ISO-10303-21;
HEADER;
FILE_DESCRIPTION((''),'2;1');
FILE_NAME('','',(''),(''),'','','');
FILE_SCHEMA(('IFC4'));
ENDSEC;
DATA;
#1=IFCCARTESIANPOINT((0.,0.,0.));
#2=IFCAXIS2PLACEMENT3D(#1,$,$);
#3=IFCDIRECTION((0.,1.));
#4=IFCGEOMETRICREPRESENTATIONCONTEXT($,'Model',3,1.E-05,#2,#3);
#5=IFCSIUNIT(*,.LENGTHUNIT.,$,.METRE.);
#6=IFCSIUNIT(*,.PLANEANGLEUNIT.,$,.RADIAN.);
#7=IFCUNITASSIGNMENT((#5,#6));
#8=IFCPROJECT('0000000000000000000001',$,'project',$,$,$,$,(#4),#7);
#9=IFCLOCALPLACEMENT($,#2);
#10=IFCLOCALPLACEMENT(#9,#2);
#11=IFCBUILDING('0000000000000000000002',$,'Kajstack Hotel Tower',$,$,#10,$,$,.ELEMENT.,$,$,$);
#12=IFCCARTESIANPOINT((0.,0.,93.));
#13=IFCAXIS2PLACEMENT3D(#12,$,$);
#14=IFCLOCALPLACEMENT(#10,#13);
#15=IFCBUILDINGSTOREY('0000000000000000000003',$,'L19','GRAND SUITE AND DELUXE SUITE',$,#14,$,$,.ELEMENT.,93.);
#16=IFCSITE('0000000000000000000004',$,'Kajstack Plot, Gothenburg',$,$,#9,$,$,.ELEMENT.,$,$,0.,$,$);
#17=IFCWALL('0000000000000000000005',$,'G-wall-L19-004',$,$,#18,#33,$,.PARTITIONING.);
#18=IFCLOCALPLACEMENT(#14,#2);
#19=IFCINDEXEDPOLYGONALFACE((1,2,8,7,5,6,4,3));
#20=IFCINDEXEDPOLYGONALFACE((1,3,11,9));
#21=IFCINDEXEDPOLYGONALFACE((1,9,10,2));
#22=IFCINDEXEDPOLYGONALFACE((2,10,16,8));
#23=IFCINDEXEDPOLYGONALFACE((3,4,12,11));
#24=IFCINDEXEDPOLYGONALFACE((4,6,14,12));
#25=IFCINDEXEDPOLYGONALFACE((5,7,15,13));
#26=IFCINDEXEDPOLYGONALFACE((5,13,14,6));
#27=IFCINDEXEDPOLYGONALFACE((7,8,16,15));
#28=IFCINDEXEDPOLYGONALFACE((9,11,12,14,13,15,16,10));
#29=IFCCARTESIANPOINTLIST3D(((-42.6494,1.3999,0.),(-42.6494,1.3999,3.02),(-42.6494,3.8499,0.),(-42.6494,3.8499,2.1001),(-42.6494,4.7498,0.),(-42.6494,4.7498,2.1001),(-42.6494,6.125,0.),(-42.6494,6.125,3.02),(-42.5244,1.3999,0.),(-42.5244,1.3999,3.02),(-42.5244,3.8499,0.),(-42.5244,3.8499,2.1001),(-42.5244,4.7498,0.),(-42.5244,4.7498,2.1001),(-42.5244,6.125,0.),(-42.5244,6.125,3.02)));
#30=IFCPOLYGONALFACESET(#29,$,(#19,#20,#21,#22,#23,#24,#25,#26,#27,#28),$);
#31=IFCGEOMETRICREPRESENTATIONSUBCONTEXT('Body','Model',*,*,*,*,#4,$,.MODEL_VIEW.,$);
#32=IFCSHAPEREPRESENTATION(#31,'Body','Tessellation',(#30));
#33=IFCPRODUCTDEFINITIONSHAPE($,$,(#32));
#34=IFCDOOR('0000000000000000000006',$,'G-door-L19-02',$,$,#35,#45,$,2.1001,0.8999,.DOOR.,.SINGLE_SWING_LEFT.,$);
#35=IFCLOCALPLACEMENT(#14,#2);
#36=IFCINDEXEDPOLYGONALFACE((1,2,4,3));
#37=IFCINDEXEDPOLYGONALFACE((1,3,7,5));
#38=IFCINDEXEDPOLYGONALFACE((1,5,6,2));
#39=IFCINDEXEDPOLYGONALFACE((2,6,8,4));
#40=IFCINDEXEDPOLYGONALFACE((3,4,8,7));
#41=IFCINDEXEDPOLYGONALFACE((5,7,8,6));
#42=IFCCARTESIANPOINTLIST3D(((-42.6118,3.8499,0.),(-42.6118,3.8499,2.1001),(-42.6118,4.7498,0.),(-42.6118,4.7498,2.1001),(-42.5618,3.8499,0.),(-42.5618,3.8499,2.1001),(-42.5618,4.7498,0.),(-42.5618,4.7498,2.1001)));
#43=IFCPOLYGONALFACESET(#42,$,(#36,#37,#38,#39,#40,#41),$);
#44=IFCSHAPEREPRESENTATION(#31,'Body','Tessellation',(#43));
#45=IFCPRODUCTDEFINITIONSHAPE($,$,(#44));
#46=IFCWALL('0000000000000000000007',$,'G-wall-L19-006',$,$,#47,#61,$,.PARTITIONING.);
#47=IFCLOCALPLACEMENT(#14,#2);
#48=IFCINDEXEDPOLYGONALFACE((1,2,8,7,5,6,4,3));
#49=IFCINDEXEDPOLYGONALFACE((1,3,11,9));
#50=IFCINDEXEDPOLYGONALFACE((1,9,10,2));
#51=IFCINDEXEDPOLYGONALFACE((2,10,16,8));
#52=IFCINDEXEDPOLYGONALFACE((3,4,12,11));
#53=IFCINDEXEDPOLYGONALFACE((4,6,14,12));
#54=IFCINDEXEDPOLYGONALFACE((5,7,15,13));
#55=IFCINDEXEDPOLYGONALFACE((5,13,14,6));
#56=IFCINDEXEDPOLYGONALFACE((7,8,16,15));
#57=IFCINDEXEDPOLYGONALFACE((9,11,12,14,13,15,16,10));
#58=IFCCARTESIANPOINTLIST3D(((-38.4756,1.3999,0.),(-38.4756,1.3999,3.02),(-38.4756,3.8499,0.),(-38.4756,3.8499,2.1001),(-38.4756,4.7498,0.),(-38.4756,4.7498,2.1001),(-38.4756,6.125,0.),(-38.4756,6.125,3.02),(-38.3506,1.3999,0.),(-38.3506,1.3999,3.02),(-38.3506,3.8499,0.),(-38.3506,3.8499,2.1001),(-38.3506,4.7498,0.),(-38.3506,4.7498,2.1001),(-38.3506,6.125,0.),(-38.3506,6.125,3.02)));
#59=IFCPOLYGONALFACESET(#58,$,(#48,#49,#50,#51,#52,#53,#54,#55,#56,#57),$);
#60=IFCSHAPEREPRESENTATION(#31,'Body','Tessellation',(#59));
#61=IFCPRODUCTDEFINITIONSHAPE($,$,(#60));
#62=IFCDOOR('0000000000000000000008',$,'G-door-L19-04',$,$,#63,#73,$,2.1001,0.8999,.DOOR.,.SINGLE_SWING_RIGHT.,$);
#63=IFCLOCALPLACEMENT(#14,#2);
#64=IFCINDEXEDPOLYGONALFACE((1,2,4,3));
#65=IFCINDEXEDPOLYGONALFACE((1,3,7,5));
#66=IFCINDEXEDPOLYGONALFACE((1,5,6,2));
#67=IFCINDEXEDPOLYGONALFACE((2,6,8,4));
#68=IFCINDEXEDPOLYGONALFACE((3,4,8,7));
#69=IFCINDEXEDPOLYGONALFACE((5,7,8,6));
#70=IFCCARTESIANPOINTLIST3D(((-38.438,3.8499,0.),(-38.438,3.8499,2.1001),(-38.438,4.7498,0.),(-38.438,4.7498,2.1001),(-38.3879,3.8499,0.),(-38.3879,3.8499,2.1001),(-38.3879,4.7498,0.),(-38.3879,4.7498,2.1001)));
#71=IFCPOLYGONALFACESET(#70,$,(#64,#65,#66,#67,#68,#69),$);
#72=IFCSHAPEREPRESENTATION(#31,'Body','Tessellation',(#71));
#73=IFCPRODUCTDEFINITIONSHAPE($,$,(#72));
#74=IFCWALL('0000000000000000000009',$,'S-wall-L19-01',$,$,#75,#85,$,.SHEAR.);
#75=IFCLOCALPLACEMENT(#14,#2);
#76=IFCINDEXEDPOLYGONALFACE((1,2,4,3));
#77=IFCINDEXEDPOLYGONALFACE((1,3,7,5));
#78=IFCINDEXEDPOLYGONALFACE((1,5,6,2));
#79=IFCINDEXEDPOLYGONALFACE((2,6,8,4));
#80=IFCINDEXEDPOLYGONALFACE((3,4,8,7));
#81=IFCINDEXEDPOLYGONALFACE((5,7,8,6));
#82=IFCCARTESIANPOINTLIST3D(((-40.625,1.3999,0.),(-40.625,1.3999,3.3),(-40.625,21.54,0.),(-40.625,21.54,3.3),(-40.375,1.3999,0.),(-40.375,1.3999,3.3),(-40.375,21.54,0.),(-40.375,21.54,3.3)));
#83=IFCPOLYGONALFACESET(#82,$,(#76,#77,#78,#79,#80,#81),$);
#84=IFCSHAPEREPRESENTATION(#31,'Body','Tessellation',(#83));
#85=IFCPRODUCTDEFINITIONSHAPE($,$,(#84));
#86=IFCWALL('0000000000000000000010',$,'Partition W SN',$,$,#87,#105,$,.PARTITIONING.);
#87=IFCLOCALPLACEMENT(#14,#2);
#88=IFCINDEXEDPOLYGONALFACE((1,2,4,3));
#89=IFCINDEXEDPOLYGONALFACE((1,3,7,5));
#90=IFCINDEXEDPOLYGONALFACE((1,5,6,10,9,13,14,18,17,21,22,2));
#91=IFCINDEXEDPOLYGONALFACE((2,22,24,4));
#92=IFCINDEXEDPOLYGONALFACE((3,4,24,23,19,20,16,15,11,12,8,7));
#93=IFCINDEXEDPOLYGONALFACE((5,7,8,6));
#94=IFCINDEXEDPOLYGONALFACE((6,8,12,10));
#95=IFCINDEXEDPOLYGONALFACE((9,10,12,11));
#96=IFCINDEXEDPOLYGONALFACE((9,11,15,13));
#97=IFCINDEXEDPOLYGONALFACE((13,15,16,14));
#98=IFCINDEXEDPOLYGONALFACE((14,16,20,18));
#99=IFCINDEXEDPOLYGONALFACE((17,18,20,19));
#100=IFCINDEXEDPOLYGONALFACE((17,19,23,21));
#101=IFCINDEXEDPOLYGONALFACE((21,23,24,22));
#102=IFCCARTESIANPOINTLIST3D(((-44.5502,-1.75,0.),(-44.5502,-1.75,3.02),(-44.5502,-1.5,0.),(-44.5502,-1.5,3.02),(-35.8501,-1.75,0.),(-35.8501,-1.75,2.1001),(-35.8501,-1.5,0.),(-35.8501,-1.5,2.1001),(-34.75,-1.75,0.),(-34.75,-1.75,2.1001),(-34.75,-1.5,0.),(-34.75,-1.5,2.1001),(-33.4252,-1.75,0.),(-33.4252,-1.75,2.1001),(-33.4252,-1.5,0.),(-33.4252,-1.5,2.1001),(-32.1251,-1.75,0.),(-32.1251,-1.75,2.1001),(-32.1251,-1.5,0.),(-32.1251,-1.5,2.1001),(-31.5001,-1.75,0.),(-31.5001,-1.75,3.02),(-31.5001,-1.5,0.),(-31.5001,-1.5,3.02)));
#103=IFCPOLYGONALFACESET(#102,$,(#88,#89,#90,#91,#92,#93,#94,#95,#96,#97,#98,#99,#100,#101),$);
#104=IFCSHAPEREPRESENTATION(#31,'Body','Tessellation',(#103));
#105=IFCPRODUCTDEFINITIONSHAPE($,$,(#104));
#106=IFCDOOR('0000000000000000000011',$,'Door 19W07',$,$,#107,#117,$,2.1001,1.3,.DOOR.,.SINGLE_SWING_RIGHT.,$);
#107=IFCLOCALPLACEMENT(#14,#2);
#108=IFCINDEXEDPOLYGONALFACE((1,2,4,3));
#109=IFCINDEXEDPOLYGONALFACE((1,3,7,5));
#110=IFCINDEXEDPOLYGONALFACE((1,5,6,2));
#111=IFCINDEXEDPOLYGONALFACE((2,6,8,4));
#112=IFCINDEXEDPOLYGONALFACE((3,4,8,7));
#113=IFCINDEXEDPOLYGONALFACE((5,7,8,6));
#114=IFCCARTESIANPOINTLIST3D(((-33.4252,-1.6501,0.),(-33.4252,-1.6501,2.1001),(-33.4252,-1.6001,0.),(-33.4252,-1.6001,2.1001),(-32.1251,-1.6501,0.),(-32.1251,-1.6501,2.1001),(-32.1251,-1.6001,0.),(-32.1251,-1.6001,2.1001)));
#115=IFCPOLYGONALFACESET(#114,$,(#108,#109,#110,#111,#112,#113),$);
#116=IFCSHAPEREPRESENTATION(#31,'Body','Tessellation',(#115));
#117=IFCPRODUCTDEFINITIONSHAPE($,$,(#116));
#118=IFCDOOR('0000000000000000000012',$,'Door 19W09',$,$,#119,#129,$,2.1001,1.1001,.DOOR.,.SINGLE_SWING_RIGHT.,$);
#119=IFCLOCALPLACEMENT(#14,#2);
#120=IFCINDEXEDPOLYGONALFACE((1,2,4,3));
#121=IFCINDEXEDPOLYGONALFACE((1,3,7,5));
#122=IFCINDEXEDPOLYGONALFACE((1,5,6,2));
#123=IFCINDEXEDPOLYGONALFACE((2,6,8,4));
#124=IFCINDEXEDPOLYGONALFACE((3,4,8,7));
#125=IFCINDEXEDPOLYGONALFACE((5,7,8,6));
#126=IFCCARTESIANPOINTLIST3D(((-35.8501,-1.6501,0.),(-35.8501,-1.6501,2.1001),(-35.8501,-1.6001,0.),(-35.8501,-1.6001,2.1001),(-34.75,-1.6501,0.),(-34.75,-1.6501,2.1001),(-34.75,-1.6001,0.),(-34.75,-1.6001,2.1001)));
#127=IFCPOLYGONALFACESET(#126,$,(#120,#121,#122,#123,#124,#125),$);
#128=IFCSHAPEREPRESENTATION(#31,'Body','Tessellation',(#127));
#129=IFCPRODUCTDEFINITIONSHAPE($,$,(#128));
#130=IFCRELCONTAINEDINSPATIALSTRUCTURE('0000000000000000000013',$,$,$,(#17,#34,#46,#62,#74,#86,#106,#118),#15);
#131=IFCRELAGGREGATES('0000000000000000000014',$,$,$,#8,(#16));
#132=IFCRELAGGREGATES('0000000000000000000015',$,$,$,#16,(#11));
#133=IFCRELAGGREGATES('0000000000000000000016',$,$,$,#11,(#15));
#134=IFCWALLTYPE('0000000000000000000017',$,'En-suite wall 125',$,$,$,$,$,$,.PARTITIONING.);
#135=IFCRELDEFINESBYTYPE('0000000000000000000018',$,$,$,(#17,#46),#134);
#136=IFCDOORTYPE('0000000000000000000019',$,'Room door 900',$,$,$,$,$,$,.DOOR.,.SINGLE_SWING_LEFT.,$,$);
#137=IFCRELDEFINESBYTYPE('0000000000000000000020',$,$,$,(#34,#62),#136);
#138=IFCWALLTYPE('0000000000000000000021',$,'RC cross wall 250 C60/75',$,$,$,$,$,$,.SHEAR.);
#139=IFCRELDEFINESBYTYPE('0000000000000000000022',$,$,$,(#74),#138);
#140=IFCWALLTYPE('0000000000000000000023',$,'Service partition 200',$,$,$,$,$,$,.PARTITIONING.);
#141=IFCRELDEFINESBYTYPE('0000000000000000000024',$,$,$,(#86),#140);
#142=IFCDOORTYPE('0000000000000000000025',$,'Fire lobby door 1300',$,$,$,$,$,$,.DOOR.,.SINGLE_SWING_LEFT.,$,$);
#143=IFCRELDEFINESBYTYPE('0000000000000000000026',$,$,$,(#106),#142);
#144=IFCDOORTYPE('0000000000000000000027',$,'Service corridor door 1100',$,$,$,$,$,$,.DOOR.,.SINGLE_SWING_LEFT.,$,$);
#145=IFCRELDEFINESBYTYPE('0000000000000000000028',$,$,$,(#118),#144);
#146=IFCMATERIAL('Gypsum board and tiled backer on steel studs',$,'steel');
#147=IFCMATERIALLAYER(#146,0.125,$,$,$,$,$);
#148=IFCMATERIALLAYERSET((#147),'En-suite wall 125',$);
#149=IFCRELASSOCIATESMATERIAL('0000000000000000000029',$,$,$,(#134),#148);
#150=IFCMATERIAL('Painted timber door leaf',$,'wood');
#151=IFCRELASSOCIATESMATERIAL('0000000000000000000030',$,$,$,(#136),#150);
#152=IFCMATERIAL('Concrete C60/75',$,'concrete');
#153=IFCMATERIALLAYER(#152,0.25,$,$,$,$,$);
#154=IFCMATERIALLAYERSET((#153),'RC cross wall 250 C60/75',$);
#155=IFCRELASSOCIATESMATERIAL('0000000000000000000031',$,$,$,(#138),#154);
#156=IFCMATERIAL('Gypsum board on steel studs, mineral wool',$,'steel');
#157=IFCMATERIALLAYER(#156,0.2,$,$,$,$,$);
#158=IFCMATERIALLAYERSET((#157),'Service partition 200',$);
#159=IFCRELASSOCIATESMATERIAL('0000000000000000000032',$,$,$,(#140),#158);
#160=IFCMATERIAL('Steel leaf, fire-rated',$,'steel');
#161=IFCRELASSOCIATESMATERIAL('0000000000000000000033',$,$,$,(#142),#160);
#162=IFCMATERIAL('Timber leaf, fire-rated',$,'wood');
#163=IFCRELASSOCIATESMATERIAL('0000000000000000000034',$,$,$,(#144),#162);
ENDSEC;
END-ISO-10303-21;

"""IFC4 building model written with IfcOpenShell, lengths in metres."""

from ifc_helpers import new_model, si_unit, direction, frame, frame_2d, origin, place, context, subcontext, project, spatial, rectangle, extrude, material, layer, layer_set, type_object, element, fill, save


model = new_model("IFC4")

# Units and contexts
model_context = context("Model", 3, precision=1e-05, world=origin(), true_north=direction((0.0, 1.0)))
body_context = subcontext(model_context, "Body", "Model", "MODEL_VIEW")
ifc_project = project(units=[si_unit("LENGTHUNIT", "METRE"), si_unit("PLANEANGLEUNIT", "RADIAN")], contexts=[model_context])

# Site, building, storey
site_placement = place(None, origin())
site = spatial("IfcSite", under=ifc_project, at=site_placement, Name="Kajstack Plot, Gothenburg", CompositionType="ELEMENT", RefElevation=0.0)
building_placement = place(site_placement, origin())
building = spatial("IfcBuilding", under=site, at=building_placement, Name="Kajstack Hotel Tower", CompositionType="ELEMENT")
storey_placement = place(building_placement, frame((0.0, 0.0, 93.0)))
storey = spatial("IfcBuildingStorey", under=building, at=storey_placement, Name="L19", Description="GRAND SUITE AND DELUXE SUITE", CompositionType="ELEMENT", Elevation=93.0)

# Shared definitions
ifc_material_1 = material(Name="Gypsum board on steel studs, mineral wool", Category="steel")

# Walls, openings, doors
ifc_material_2 = material(Name="Gypsum board and tiled backer on steel studs", Category="steel")
ifc_layer_1 = layer(ifc_material_2, 0.125)
ifc_layer_set_1 = layer_set([ifc_layer_1], Name="En-suite wall 125")
wall_type_1 = type_object("IfcWallType", Name="En-suite wall 125", PredefinedType="PARTITIONING", material=ifc_layer_set_1)
wall_1_placement = place(storey_placement, frame((-42.5869, 1.3999, 0.0), z_axis=(0.0, 0.0, 1.0), x_axis=(0.0, 1.0, 0.0)))
wall_1 = element("IfcWall", 1, at=wall_1_placement, inside=storey, type_object=wall_type_1, Name="G-wall-L19-004", PredefinedType="PARTITIONING", context=body_context, shape_type="SweptSolid", body=[
    extrude(rectangle(XDim=4.7251, YDim=0.125, at=frame_2d((2.3625, 0.0))), origin(), (0.0, 0.0, 1.0), 3.02),
])
opening_1_placement = place(wall_1_placement, frame((2.45, 0.0, 0.0)))
opening_1 = element("IfcOpeningElement", 2, at=opening_1_placement, cuts=wall_1, PredefinedType="OPENING", context=body_context, shape_type="SweptSolid", body=[
    extrude(rectangle(XDim=0.8999, YDim=2.1001, at=frame_2d((0.45, 1.05))), frame((0.0, 0.0725, 0.0), z_axis=(0.0, -1.0, 0.0), x_axis=(1.0, 0.0, 0.0)), (0.0, 0.0, 1.0), 0.145),
])
ifc_material_3 = material(Name="Painted timber door leaf", Category="wood")
door_type_1 = type_object("IfcDoorType", Name="Room door 900", OperationType="SINGLE_SWING_LEFT", PredefinedType="DOOR", material=ifc_material_3)
door_1_placement = place(opening_1_placement, origin())
door_1 = element("IfcDoor", 3, at=door_1_placement, inside=storey, type_object=door_type_1, Name="G-door-L19-02", OperationType="SINGLE_SWING_LEFT", OverallHeight=2.1001, OverallWidth=0.8999, PredefinedType="DOOR", context=body_context, shape_type="SweptSolid", body=[
    extrude(rectangle(XDim=0.8999, YDim=2.1001, at=frame_2d((0.45, 1.05))), frame((0.0, 0.0249, 0.0), z_axis=(0.0, -1.0, 0.0), x_axis=(1.0, 0.0, 0.0)), (0.0, 0.0, 1.0), 0.05),
])
fill(opening_1, door_1)
wall_2_placement = place(storey_placement, frame((-38.4131, 1.3999, 0.0), z_axis=(0.0, 0.0, 1.0), x_axis=(0.0, 1.0, 0.0)))
wall_2 = element("IfcWall", 4, at=wall_2_placement, inside=storey, type_object=wall_type_1, Name="G-wall-L19-006", PredefinedType="PARTITIONING", context=body_context, shape_type="SweptSolid", body=[
    extrude(rectangle(XDim=4.7251, YDim=0.125, at=frame_2d((2.3625, 0.0))), origin(), (0.0, 0.0, 1.0), 3.02),
])
opening_2_placement = place(wall_2_placement, frame((2.45, 0.0, 0.0)))
opening_2 = element("IfcOpeningElement", 5, at=opening_2_placement, cuts=wall_2, PredefinedType="OPENING", context=body_context, shape_type="SweptSolid", body=[
    extrude(rectangle(XDim=0.8999, YDim=2.1001, at=frame_2d((0.45, 1.05))), frame((0.0, 0.0725, 0.0), z_axis=(0.0, -1.0, 0.0), x_axis=(1.0, 0.0, 0.0)), (0.0, 0.0, 1.0), 0.145),
])
door_2_placement = place(opening_2_placement, origin())
door_2 = element("IfcDoor", 6, at=door_2_placement, inside=storey, type_object=door_type_1, Name="G-door-L19-04", OperationType="SINGLE_SWING_RIGHT", OverallHeight=2.1001, OverallWidth=0.8999, PredefinedType="DOOR", context=body_context, shape_type="SweptSolid", body=[
    extrude(rectangle(XDim=0.8999, YDim=2.1001, at=frame_2d((0.45, 1.05))), frame((0.0, 0.0249, 0.0), z_axis=(0.0, -1.0, 0.0), x_axis=(1.0, 0.0, 0.0)), (0.0, 0.0, 1.0), 0.05),
])
fill(opening_2, door_2)

# Wall
ifc_material_4 = material(Name="Concrete C60/75", Category="concrete")
ifc_layer_2 = layer(ifc_material_4, 0.25)
ifc_layer_set_2 = layer_set([ifc_layer_2], Name="RC cross wall 250 C60/75")
wall_type_2 = type_object("IfcWallType", Name="RC cross wall 250 C60/75", PredefinedType="SHEAR", material=ifc_layer_set_2)
wall_3_placement = place(storey_placement, frame((-40.5, 1.3999, 0.0), z_axis=(0.0, 0.0, 1.0), x_axis=(0.0, 1.0, 0.0)))
element("IfcWall", 7, at=wall_3_placement, inside=storey, type_object=wall_type_2, Name="S-wall-L19-01", PredefinedType="SHEAR", context=body_context, shape_type="SweptSolid", body=[
    extrude(rectangle(XDim=20.1401, YDim=0.25, at=frame_2d((10.0701, 0.0))), origin(), (0.0, 0.0, 1.0), 3.3),
])

# Wall, openings, doors
ifc_layer_3 = layer(ifc_material_1, 0.2)
ifc_layer_set_3 = layer_set([ifc_layer_3], Name="Service partition 200")
wall_type_3 = type_object("IfcWallType", Name="Service partition 200", PredefinedType="PARTITIONING", material=ifc_layer_set_3)
wall_4_placement = place(storey_placement, frame((-44.55, -1.625, 0.0), z_axis=(0.0, 0.0, 1.0), x_axis=(1.0, 0.0, 0.0)))
wall_4 = element("IfcWall", 8, at=wall_4_placement, inside=storey, type_object=wall_type_3, Name="Partition W SN", PredefinedType="PARTITIONING", context=body_context, shape_type="SweptSolid", body=[
    extrude(rectangle(XDim=13.05, YDim=0.25, at=frame_2d((6.5249, 0.0))), origin(), (0.0, 0.0, 1.0), 3.02),
])
opening_3_placement = place(wall_4_placement, frame((11.125, 0.0, 0.0)))
opening_3 = element("IfcOpeningElement", 9, at=opening_3_placement, cuts=wall_4, PredefinedType="OPENING", context=body_context, shape_type="SweptSolid", body=[
    extrude(rectangle(XDim=1.3, YDim=2.1001, at=frame_2d((0.6499, 1.05))), frame((0.0, 0.135, 0.0), z_axis=(0.0, -1.0, 0.0), x_axis=(1.0, 0.0, 0.0)), (0.0, 0.0, 1.0), 0.27),
])
opening_4_placement = place(wall_4_placement, frame((8.7, 0.0, 0.0)))
opening_4 = element("IfcOpeningElement", 10, at=opening_4_placement, cuts=wall_4, PredefinedType="OPENING", context=body_context, shape_type="SweptSolid", body=[
    extrude(rectangle(XDim=1.1001, YDim=2.1001, at=frame_2d((0.55, 1.05))), frame((0.0, 0.135, 0.0), z_axis=(0.0, -1.0, 0.0), x_axis=(1.0, 0.0, 0.0)), (0.0, 0.0, 1.0), 0.27),
])
ifc_material_5 = material(Name="Steel leaf, fire-rated", Category="steel")
door_type_2 = type_object("IfcDoorType", Name="Fire lobby door 1300", OperationType="SINGLE_SWING_LEFT", PredefinedType="DOOR", material=ifc_material_5)
door_3_placement = place(opening_3_placement, origin())
door_3 = element("IfcDoor", 11, at=door_3_placement, inside=storey, type_object=door_type_2, Name="Door 19W07", OperationType="SINGLE_SWING_RIGHT", OverallHeight=2.1001, OverallWidth=1.3, PredefinedType="DOOR", context=body_context, shape_type="SweptSolid", body=[
    extrude(rectangle(XDim=1.3, YDim=2.1001, at=frame_2d((0.6499, 1.05))), frame((0.0, 0.0249, 0.0), z_axis=(0.0, -1.0, 0.0), x_axis=(1.0, 0.0, 0.0)), (0.0, 0.0, 1.0), 0.05),
])
fill(opening_3, door_3)
ifc_material_6 = material(Name="Timber leaf, fire-rated", Category="wood")
door_type_3 = type_object("IfcDoorType", Name="Service corridor door 1100", OperationType="SINGLE_SWING_LEFT", PredefinedType="DOOR", material=ifc_material_6)
door_4_placement = place(opening_4_placement, origin())
door_4 = element("IfcDoor", 12, at=door_4_placement, inside=storey, type_object=door_type_3, Name="Door 19W09", OperationType="SINGLE_SWING_RIGHT", OverallHeight=2.1001, OverallWidth=1.1001, PredefinedType="DOOR", context=body_context, shape_type="SweptSolid", body=[
    extrude(rectangle(XDim=1.1001, YDim=2.1001, at=frame_2d((0.55, 1.05))), frame((0.0, 0.0249, 0.0), z_axis=(0.0, -1.0, 0.0), x_axis=(1.0, 0.0, 0.0)), (0.0, 0.0, 1.0), 0.05),
])
fill(opening_4, door_4)

save(model, "model.ifc")
